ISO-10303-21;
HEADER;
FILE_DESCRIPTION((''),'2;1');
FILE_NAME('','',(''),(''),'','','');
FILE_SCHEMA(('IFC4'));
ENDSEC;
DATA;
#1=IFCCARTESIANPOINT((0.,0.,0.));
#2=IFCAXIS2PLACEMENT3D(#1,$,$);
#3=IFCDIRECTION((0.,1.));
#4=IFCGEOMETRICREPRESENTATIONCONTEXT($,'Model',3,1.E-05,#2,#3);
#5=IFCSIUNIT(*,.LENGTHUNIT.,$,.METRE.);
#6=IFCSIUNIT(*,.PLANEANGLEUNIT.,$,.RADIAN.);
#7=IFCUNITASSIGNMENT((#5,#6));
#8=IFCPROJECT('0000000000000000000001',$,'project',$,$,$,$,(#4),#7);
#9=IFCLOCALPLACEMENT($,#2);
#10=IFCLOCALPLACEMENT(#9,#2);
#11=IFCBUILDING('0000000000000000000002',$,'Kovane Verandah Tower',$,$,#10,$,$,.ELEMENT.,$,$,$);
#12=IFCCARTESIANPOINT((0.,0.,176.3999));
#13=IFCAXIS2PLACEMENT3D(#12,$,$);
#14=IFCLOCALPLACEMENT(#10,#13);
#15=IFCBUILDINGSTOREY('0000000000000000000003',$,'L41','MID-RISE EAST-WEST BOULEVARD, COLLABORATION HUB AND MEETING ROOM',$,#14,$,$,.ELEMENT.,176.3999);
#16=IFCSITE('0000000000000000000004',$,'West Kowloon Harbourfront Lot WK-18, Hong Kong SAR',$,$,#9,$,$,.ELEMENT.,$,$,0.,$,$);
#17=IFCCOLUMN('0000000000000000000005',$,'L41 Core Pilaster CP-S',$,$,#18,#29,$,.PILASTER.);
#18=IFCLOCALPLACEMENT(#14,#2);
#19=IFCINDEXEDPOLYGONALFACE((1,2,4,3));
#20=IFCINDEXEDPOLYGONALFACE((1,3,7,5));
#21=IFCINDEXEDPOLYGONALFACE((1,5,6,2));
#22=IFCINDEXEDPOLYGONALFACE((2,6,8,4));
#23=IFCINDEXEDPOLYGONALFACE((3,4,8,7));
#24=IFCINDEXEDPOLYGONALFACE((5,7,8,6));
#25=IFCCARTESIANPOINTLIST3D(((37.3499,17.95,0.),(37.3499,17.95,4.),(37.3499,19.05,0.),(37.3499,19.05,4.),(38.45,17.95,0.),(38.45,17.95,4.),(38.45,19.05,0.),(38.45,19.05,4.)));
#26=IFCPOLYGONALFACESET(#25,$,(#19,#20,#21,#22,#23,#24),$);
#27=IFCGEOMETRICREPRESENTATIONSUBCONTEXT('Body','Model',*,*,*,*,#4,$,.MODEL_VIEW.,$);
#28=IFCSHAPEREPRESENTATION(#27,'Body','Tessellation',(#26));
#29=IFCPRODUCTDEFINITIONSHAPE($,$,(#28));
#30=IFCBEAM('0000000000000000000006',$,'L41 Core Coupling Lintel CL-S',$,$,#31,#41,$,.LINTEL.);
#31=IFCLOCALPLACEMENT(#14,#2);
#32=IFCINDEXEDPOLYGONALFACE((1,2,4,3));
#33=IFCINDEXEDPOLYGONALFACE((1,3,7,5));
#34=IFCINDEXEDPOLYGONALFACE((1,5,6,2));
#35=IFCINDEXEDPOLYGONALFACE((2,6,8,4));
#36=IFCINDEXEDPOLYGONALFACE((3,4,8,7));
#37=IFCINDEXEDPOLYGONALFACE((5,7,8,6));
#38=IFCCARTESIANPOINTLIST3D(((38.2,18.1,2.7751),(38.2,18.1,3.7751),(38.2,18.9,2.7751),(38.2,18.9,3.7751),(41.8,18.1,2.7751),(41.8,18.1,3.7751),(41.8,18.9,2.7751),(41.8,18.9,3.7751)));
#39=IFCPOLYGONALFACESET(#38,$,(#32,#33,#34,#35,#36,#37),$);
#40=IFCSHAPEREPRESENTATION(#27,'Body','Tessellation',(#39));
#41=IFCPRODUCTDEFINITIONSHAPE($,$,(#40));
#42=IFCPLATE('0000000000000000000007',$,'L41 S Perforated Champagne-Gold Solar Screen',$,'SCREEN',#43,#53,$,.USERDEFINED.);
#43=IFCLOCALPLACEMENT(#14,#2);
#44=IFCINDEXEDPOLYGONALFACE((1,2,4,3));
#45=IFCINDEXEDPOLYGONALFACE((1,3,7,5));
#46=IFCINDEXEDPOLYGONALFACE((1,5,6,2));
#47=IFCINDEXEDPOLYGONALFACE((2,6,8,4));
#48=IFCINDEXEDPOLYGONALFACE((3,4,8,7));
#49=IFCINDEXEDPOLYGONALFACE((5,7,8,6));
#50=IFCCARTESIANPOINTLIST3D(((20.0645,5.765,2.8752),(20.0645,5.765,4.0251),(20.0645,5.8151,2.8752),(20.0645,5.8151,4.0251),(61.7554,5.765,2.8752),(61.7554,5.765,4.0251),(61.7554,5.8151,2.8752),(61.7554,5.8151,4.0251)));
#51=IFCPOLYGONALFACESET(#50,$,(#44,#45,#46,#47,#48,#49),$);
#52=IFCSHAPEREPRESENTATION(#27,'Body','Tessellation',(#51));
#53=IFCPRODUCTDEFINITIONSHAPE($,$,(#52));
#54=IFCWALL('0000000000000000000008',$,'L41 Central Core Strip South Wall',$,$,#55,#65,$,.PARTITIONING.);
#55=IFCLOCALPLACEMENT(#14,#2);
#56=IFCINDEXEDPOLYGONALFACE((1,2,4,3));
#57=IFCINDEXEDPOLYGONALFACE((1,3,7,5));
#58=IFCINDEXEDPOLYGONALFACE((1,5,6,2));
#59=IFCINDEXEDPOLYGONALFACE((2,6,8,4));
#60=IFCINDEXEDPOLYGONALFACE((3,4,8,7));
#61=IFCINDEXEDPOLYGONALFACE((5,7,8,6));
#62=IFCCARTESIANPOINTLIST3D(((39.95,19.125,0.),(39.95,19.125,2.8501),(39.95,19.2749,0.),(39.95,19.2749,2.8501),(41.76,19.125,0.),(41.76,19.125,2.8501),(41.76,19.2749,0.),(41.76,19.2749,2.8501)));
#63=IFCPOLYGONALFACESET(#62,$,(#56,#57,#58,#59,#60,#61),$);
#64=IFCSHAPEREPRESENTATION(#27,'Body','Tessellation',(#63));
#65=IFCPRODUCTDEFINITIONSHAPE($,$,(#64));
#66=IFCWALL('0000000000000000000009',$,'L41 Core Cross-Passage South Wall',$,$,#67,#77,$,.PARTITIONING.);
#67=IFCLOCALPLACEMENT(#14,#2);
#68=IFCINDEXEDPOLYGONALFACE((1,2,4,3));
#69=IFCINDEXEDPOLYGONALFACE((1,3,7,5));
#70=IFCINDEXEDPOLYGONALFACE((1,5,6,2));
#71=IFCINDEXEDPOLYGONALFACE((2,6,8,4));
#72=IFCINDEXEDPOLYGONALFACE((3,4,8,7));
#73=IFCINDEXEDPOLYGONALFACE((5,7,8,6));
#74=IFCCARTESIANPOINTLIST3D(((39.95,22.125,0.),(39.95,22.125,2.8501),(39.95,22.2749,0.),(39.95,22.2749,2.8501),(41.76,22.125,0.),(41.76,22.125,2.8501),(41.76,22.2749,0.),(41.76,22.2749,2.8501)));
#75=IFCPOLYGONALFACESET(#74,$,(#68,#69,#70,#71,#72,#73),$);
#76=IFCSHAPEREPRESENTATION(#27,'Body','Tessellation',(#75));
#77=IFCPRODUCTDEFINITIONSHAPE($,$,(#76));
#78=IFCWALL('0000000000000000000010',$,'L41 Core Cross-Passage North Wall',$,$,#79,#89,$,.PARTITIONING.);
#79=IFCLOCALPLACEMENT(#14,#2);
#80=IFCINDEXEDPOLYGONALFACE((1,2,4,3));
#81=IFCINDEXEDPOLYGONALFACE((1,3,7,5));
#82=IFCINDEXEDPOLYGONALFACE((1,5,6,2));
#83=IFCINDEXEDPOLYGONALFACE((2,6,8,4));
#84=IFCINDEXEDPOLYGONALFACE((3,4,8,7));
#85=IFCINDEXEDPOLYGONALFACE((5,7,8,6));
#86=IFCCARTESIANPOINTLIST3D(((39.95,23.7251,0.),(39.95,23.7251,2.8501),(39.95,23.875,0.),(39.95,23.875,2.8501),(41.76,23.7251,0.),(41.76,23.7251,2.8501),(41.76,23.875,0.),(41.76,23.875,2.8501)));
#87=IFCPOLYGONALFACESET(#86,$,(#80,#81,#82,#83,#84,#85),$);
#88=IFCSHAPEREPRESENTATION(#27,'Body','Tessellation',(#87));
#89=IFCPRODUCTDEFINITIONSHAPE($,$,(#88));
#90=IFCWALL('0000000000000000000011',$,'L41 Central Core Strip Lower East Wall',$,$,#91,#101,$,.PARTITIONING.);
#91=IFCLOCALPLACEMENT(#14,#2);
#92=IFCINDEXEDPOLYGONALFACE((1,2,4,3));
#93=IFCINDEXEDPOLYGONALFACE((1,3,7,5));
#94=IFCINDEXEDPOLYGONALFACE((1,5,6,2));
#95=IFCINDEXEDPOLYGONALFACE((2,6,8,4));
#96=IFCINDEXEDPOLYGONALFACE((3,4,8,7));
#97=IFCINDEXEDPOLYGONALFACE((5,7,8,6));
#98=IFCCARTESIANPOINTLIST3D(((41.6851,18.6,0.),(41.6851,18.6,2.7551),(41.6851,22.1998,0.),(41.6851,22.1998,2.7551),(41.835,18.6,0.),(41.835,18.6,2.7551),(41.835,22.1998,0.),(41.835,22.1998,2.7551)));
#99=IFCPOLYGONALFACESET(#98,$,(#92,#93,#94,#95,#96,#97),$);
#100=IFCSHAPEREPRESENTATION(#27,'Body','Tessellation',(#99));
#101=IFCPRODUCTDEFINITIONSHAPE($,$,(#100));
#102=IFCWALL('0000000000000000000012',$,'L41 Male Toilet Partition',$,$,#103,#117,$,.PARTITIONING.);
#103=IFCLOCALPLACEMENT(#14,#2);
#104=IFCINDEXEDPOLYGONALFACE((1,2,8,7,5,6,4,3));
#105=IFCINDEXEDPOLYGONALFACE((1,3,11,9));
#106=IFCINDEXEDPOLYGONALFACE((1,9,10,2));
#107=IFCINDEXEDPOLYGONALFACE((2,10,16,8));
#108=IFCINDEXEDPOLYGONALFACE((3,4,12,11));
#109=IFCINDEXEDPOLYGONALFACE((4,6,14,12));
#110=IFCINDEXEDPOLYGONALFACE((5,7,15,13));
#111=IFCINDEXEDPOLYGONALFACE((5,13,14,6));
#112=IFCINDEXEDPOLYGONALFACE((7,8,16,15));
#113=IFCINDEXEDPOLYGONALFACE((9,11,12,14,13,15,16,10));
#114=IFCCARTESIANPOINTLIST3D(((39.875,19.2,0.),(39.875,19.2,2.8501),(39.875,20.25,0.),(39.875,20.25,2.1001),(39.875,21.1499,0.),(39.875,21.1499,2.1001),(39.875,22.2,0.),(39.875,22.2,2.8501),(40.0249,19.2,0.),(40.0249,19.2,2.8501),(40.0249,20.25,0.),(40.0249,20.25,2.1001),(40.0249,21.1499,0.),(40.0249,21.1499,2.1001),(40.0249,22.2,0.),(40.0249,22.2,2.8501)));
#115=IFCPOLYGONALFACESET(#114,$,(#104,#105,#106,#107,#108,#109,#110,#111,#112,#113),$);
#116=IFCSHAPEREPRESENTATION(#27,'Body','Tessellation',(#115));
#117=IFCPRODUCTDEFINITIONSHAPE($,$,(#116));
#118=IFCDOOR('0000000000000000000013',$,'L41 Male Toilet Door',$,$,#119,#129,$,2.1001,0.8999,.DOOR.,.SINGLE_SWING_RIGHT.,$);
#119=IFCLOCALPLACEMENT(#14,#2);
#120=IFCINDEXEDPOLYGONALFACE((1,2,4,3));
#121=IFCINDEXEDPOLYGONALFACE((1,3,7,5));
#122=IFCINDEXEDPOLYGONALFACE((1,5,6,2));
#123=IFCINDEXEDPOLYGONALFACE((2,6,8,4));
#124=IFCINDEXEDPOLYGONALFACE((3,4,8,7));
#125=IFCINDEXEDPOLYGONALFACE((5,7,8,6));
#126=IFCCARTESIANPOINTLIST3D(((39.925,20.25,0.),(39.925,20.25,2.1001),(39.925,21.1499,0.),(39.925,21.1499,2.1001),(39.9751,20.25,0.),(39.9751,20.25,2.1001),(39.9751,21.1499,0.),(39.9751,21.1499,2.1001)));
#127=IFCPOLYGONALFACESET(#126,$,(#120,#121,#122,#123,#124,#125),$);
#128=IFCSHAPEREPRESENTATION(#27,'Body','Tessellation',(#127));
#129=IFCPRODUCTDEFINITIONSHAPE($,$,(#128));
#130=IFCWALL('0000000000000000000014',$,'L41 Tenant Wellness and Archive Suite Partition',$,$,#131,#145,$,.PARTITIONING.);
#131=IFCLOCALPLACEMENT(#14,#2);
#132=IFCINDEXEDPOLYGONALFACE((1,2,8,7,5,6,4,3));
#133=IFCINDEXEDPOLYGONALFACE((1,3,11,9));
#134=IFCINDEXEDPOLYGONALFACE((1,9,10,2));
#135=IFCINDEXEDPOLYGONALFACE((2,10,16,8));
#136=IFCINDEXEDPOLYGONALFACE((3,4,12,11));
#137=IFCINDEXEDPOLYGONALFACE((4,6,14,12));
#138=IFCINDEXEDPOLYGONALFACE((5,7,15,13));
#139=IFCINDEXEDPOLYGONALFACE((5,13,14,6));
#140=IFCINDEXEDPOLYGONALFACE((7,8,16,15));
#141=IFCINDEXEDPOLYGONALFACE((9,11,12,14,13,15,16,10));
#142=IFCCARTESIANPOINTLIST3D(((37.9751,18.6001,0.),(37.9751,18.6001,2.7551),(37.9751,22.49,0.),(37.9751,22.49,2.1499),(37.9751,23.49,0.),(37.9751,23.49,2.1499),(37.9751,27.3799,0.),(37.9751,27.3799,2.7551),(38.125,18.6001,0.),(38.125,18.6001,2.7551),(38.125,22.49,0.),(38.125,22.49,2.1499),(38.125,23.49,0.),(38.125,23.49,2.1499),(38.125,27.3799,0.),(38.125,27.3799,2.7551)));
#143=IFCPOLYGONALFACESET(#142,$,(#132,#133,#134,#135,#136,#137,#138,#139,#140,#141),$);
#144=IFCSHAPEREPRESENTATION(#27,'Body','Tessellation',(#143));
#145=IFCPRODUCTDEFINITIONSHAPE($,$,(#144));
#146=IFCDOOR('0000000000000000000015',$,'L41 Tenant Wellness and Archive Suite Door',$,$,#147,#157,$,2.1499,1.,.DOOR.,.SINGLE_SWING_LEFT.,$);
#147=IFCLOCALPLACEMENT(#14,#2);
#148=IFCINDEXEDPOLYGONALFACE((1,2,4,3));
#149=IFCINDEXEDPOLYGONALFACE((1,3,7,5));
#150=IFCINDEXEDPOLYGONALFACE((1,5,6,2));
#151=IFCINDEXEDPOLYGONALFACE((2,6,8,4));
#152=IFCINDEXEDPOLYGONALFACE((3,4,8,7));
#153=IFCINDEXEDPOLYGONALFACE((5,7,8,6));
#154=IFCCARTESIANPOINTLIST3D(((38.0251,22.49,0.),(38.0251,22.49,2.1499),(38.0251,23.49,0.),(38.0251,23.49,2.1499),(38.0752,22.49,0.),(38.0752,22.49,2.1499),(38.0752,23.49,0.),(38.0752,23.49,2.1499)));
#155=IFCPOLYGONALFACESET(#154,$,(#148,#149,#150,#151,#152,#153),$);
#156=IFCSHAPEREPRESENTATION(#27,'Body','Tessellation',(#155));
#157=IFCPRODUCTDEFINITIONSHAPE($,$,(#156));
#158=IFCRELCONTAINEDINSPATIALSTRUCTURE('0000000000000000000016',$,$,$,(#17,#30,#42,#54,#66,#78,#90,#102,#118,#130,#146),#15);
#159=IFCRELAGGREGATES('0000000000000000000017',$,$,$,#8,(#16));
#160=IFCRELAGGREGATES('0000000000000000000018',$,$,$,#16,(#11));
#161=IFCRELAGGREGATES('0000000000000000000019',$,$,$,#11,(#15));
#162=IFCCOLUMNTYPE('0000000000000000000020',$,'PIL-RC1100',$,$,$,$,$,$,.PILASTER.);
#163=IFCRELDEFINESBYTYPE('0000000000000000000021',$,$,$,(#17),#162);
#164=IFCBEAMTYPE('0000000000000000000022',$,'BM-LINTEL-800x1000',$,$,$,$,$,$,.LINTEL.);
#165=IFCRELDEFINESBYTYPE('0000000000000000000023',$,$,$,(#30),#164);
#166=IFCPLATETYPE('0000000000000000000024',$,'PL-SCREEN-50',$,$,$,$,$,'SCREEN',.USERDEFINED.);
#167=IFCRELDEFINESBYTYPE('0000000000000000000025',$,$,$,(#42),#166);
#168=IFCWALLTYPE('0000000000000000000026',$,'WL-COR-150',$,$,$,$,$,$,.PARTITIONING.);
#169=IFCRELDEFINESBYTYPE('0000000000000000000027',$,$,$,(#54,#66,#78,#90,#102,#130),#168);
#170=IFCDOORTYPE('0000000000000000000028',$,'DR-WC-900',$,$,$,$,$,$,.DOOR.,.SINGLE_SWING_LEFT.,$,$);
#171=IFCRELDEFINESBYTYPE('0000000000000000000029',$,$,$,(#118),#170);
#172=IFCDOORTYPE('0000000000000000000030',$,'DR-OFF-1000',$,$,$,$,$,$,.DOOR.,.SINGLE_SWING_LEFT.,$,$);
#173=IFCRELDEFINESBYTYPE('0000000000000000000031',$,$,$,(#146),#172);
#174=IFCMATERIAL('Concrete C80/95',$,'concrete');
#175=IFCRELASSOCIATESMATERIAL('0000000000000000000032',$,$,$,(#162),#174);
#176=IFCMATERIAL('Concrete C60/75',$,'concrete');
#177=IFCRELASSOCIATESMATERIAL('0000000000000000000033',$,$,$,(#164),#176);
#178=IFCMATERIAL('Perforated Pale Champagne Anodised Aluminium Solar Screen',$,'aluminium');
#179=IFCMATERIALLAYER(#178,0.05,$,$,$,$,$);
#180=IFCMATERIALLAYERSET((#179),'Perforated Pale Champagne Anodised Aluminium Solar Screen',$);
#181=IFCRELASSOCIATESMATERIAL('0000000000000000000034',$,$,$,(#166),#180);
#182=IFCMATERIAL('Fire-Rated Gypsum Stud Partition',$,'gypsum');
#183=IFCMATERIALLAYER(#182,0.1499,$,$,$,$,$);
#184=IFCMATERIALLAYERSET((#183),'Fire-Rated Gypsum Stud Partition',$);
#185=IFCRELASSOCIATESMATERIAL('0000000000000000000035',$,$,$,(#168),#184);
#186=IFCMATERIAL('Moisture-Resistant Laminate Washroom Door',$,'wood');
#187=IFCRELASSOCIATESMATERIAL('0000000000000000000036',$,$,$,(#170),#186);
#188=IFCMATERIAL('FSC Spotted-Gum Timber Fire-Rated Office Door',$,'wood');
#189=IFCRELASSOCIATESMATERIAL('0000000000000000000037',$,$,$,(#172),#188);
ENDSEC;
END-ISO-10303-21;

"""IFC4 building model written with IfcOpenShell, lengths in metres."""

from ifc_helpers import new_model, si_unit, direction, frame, frame_2d, origin, origin_2d, place, context, subcontext, project, spatial, rectangle, extrude, material, layer, layer_set, material_profile, profile_set, type_object, element, fill, save


model = new_model("IFC4")

# Units and contexts
model_context = context("Model", 3, precision=1e-05, world=origin(), true_north=direction((0.0, 1.0)))
body_context = subcontext(model_context, "Body", "Model", "MODEL_VIEW")
ifc_project = project(units=[si_unit("LENGTHUNIT", "METRE"), si_unit("PLANEANGLEUNIT", "RADIAN")], contexts=[model_context])

# Site, building, storey
site_placement = place(None, origin())
site = spatial("IfcSite", under=ifc_project, at=site_placement, Name="West Kowloon Harbourfront Lot WK-18, Hong Kong SAR", CompositionType="ELEMENT", RefElevation=0.0)
building_placement = place(site_placement, origin())
building = spatial("IfcBuilding", under=site, at=building_placement, Name="Kovane Verandah Tower", CompositionType="ELEMENT")
storey_placement = place(building_placement, frame((0.0, 0.0, 176.3999)))
storey = spatial("IfcBuildingStorey", under=building, at=storey_placement, Name="L41", Description="MID-RISE EAST-WEST BOULEVARD, COLLABORATION HUB AND MEETING ROOM", CompositionType="ELEMENT", Elevation=176.3999)

# Column
ifc_material_1 = material(Name="Concrete C80/95", Category="concrete")
ifc_material_profile_1 = material_profile(ifc_material_1, rectangle(XDim=1.1001, YDim=1.1001, at=origin_2d()), Name="RC1100x1100")
ifc_profile_set_1 = profile_set([ifc_material_profile_1], Name="Concrete C80/95")
column_type = type_object("IfcColumnType", Name="PIL-RC1100", PredefinedType="PILASTER", material=ifc_profile_set_1)
column_placement = place(storey_placement, frame((37.8999, 18.5, 0.0), z_axis=(0.0, 0.0, 1.0), x_axis=(1.0, 0.0, 0.0)))
element("IfcColumn", 1, at=column_placement, inside=storey, type_object=column_type, Name="L41 Core Pilaster CP-S", PredefinedType="PILASTER", context=body_context, shape_type="SweptSolid", body=[
    extrude(rectangle(XDim=1.1001, YDim=1.1001, at=origin_2d()), origin(), (0.0, 0.0, 1.0), 4.0),
])

# Beam
ifc_material_2 = material(Name="Concrete C60/75", Category="concrete")
ifc_material_profile_2 = material_profile(ifc_material_2, rectangle(XDim=0.8, YDim=1.0, at=origin_2d()), Name="RCB800x1000")
ifc_profile_set_2 = profile_set([ifc_material_profile_2], Name="Concrete C60/75")
beam_type = type_object("IfcBeamType", Name="BM-LINTEL-800x1000", PredefinedType="LINTEL", material=ifc_profile_set_2)
beam_placement = place(storey_placement, frame((38.2, 18.5, 3.2751), z_axis=(1.0, 0.0, 0.0), x_axis=(0.0, 1.0, 0.0)))
element("IfcBeam", 2, at=beam_placement, inside=storey, type_object=beam_type, Name="L41 Core Coupling Lintel CL-S", PredefinedType="LINTEL", context=body_context, shape_type="SweptSolid", body=[
    extrude(rectangle(XDim=0.8, YDim=1.0, at=origin_2d()), origin(), (0.0, 0.0, 1.0), 3.6001),
])

# Plate
ifc_material_3 = material(Name="Perforated Pale Champagne Anodised Aluminium Solar Screen", Category="aluminium")
ifc_layer_1 = layer(ifc_material_3, 0.05)
ifc_layer_set_1 = layer_set([ifc_layer_1], Name="Perforated Pale Champagne Anodised Aluminium Solar Screen")
plate_type = type_object("IfcPlateType", Name="PL-SCREEN-50", ElementType="SCREEN", PredefinedType="USERDEFINED", material=ifc_layer_set_1)
plate_placement = place(storey_placement, frame((40.9099, 5.79, 2.8752), z_axis=(0.0, 0.0, 1.0), x_axis=(1.0, 0.0, 0.0)))
element("IfcPlate", 3, at=plate_placement, inside=storey, type_object=plate_type, Name="L41 S Perforated Champagne-Gold Solar Screen", ObjectType="SCREEN", PredefinedType="USERDEFINED", context=body_context, shape_type="SweptSolid", body=[
    extrude(rectangle(XDim=41.6909, YDim=0.05, at=origin_2d()), origin(), (0.0, 0.0, 1.0), 1.1499),
])

# Walls
ifc_material_4 = material(Name="Fire-Rated Gypsum Stud Partition", Category="gypsum")
ifc_layer_2 = layer(ifc_material_4, 0.1499)
ifc_layer_set_2 = layer_set([ifc_layer_2], Name="Fire-Rated Gypsum Stud Partition")
wall_type_1 = type_object("IfcWallType", Name="WL-COR-150", PredefinedType="PARTITIONING", material=ifc_layer_set_2)
for number, where, z_axis, x_axis, name in (
    (4, (39.95, 19.2, 0.0), (0.0, 0.0, 1.0), (1.0, 0.0, 0.0), "L41 Central Core Strip South Wall"),
    (5, (39.95, 22.2, 0.0), (0.0, 0.0, 1.0), (1.0, 0.0, 0.0), "L41 Core Cross-Passage South Wall"),
    (6, (39.95, 23.8, 0.0), (0.0, 0.0, 1.0), (1.0, 0.0, 0.0), "L41 Core Cross-Passage North Wall"),
):
    element("IfcWall", number, at=place(storey_placement, frame(where, z_axis=z_axis, x_axis=x_axis)), inside=storey, type_object=wall_type_1, Name=name, PredefinedType="PARTITIONING", context=body_context, shape_type="SweptSolid", body=[
        extrude(rectangle(XDim=1.8101, YDim=0.1499, at=frame_2d((0.905, 0.0))), origin(), (0.0, 0.0, 1.0), 2.8501),
    ])
wall_1_placement = place(storey_placement, frame((41.76, 18.6001, 0.0), z_axis=(0.0, 0.0, 1.0), x_axis=(0.0, 1.0, 0.0)))
element("IfcWall", 7, at=wall_1_placement, inside=storey, type_object=wall_type_1, Name="L41 Central Core Strip Lower East Wall", PredefinedType="PARTITIONING", context=body_context, shape_type="SweptSolid", body=[
    extrude(rectangle(XDim=3.5999, YDim=0.1499, at=frame_2d((1.7998, 0.0))), origin(), (0.0, 0.0, 1.0), 2.7551),
])

# Walls, openings, doors
wall_2_placement = place(storey_placement, frame((39.95, 19.2, 0.0), z_axis=(0.0, 0.0, 1.0), x_axis=(0.0, 1.0, 0.0)))
wall_2 = element("IfcWall", 8, at=wall_2_placement, inside=storey, type_object=wall_type_1, Name="L41 Male Toilet Partition", PredefinedType="PARTITIONING", context=body_context, shape_type="SweptSolid", body=[
    extrude(rectangle(XDim=3.0, YDim=0.1499, at=frame_2d((1.5, 0.0))), origin(), (0.0, 0.0, 1.0), 2.8501),
])
opening_1_placement = place(wall_2_placement, frame((1.05, 0.0, 0.0)))
opening_1 = element("IfcOpeningElement", 9, at=opening_1_placement, cuts=wall_2, PredefinedType="OPENING", context=body_context, shape_type="SweptSolid", body=[
    extrude(rectangle(XDim=0.8999, YDim=2.1001, at=frame_2d((0.45, 1.05))), frame((0.0, 0.075, 0.0), z_axis=(0.0, -1.0, 0.0), x_axis=(1.0, 0.0, 0.0)), (0.0, 0.0, 1.0), 0.1499),
])
ifc_material_5 = material(Name="Moisture-Resistant Laminate Washroom Door", Category="wood")
door_type_1 = type_object("IfcDoorType", Name="DR-WC-900", OperationType="SINGLE_SWING_LEFT", PredefinedType="DOOR", material=ifc_material_5)
door_1_placement = place(opening_1_placement, origin())
door_1 = element("IfcDoor", 10, at=door_1_placement, inside=storey, type_object=door_type_1, Name="L41 Male Toilet Door", OperationType="SINGLE_SWING_RIGHT", OverallHeight=2.1001, OverallWidth=0.8999, PredefinedType="DOOR", context=body_context, shape_type="SweptSolid", body=[
    extrude(rectangle(XDim=0.8999, YDim=2.1001, at=frame_2d((0.45, 1.05))), frame((0.0, 0.0249, 0.0), z_axis=(0.0, -1.0, 0.0), x_axis=(1.0, 0.0, 0.0)), (0.0, 0.0, 1.0), 0.05),
])
fill(opening_1, door_1)
wall_3_placement = place(storey_placement, frame((38.05, 18.6001, 0.0), z_axis=(0.0, 0.0, 1.0), x_axis=(0.0, 1.0, 0.0)))
wall_3 = element("IfcWall", 11, at=wall_3_placement, inside=storey, type_object=wall_type_1, Name="L41 Tenant Wellness and Archive Suite Partition", PredefinedType="PARTITIONING", context=body_context, shape_type="SweptSolid", body=[
    extrude(rectangle(XDim=8.7798, YDim=0.1499, at=frame_2d((4.3899, 0.0))), origin(), (0.0, 0.0, 1.0), 2.7551),
])
opening_2_placement = place(wall_3_placement, frame((3.8899, 0.0, 0.0)))
opening_2 = element("IfcOpeningElement", 12, at=opening_2_placement, cuts=wall_3, PredefinedType="OPENING", context=body_context, shape_type="SweptSolid", body=[
    extrude(rectangle(XDim=1.0, YDim=2.1499, at=frame_2d((0.5, 1.075))), frame((0.0, 0.075, 0.0), z_axis=(0.0, -1.0, 0.0), x_axis=(1.0, 0.0, 0.0)), (0.0, 0.0, 1.0), 0.1499),
])
ifc_material_6 = material(Name="FSC Spotted-Gum Timber Fire-Rated Office Door", Category="wood")
door_type_2 = type_object("IfcDoorType", Name="DR-OFF-1000", OperationType="SINGLE_SWING_LEFT", PredefinedType="DOOR", material=ifc_material_6)
door_2_placement = place(opening_2_placement, origin())
door_2 = element("IfcDoor", 13, at=door_2_placement, inside=storey, type_object=door_type_2, Name="L41 Tenant Wellness and Archive Suite Door", OperationType="SINGLE_SWING_LEFT", OverallHeight=2.1499, OverallWidth=1.0, PredefinedType="DOOR", context=body_context, shape_type="SweptSolid", body=[
    extrude(rectangle(XDim=1.0, YDim=2.1499, at=frame_2d((0.5, 1.075))), frame((0.0, 0.0249, 0.0), z_axis=(0.0, -1.0, 0.0), x_axis=(1.0, 0.0, 0.0)), (0.0, 0.0, 1.0), 0.05),
])
fill(opening_2, door_2)

save(model, "model.ifc")
